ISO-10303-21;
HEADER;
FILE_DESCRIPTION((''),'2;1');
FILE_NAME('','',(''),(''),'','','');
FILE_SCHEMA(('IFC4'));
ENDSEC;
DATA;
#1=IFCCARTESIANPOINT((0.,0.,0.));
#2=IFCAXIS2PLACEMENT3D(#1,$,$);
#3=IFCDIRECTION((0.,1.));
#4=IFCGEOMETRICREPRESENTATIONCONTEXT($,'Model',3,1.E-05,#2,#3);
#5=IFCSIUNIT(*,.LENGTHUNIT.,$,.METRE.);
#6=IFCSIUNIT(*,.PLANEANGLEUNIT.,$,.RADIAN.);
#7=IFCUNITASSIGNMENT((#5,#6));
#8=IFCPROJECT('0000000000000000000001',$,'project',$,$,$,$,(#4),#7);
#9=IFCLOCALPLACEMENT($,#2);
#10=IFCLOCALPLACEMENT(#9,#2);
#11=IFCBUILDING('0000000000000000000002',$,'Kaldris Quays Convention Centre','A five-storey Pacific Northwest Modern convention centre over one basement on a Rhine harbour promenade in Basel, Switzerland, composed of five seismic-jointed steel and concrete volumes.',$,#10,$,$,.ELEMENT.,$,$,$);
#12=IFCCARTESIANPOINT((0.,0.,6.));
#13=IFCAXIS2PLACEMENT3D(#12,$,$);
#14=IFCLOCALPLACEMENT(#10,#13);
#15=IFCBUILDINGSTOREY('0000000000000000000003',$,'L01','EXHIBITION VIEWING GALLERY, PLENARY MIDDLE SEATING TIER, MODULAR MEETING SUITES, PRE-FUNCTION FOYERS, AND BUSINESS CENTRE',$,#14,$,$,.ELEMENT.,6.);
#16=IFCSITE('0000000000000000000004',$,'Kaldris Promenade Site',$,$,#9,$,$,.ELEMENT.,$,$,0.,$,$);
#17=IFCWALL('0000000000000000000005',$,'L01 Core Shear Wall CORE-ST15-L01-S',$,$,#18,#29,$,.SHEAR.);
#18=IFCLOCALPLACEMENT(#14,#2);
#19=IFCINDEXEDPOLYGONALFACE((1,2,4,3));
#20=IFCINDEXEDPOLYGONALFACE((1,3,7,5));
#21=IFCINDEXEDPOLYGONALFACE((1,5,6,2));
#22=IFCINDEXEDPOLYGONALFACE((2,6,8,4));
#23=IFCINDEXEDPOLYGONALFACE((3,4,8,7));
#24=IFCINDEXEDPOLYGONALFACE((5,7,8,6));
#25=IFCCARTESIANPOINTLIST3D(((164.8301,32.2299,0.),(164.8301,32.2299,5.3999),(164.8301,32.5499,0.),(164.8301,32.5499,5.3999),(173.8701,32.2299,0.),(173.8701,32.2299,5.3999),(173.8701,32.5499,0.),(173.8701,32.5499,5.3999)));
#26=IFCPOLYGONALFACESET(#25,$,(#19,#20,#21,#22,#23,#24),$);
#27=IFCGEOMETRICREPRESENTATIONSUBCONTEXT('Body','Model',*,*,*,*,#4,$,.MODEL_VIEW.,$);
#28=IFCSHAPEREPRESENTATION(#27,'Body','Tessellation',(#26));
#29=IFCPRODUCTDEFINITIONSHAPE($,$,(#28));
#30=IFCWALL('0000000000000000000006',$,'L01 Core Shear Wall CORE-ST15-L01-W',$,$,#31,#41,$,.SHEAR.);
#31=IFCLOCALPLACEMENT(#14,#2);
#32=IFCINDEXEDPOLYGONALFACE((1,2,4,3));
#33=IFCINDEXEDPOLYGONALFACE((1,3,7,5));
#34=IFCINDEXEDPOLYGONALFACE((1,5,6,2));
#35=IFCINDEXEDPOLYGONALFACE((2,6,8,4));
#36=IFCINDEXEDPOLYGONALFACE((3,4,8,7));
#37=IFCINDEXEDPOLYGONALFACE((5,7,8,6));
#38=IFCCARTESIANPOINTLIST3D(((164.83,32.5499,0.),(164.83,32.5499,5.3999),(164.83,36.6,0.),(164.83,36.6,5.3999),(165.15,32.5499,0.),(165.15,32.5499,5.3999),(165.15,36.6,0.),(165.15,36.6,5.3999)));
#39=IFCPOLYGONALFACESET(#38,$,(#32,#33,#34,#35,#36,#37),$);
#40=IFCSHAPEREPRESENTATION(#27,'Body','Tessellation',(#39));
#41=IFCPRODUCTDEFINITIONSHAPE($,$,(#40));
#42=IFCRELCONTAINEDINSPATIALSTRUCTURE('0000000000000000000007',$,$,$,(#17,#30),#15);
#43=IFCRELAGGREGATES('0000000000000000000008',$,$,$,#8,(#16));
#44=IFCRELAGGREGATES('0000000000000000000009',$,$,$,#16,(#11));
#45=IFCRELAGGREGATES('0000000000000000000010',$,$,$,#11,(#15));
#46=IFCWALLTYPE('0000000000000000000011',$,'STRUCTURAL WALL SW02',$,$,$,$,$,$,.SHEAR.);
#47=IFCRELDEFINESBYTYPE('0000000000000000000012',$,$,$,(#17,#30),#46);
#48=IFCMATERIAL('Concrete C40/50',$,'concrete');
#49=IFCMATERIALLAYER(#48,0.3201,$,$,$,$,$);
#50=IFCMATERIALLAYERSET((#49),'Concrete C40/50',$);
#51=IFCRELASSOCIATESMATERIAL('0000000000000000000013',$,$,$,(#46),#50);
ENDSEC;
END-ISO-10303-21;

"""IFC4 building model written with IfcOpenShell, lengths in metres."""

from ifc_helpers import new_model, si_unit, direction, frame, frame_2d, origin, place, context, subcontext, project, spatial, rectangle, extrude, material, layer, layer_set, type_object, element, save


model = new_model("IFC4")

# Units and contexts
model_context = context("Model", 3, precision=1e-05, world=origin(), true_north=direction((0.0, 1.0)))
body_context = subcontext(model_context, "Body", "Model", "MODEL_VIEW")
ifc_project = project(units=[si_unit("LENGTHUNIT", "METRE"), si_unit("PLANEANGLEUNIT", "RADIAN")], contexts=[model_context])

# Site, building, storey
site_placement = place(None, origin())
site = spatial("IfcSite", under=ifc_project, at=site_placement, Name="Kaldris Promenade Site", CompositionType="ELEMENT", RefElevation=0.0)
building_placement = place(site_placement, origin())
building = spatial("IfcBuilding", under=site, at=building_placement, Name="Kaldris Quays Convention Centre", Description="A five-storey Pacific Northwest Modern convention centre over one basement on a Rhine harbour promenade in Basel, Switzerland, composed of five seismic-jointed steel and concrete volumes.", CompositionType="ELEMENT")
storey_placement = place(building_placement, frame((0.0, 0.0, 6.0)))
storey = spatial("IfcBuildingStorey", under=building, at=storey_placement, Name="L01", Description="EXHIBITION VIEWING GALLERY, PLENARY MIDDLE SEATING TIER, MODULAR MEETING SUITES, PRE-FUNCTION FOYERS, AND BUSINESS CENTRE", CompositionType="ELEMENT", Elevation=6.0)

# Walls
ifc_material_1 = material(Name="Concrete C40/50", Category="concrete")
ifc_layer = layer(ifc_material_1, 0.3201)
ifc_layer_set = layer_set([ifc_layer], Name="Concrete C40/50")
wall_type = type_object("IfcWallType", Name="STRUCTURAL WALL SW02", PredefinedType="SHEAR", material=ifc_layer_set)
wall_1_placement = place(storey_placement, frame((164.8301, 32.3899, 0.0), z_axis=(0.0, 0.0, 1.0), x_axis=(1.0, 0.0, 0.0)))
element("IfcWall", 1, at=wall_1_placement, inside=storey, type_object=wall_type, Name="L01 Core Shear Wall CORE-ST15-L01-S", PredefinedType="SHEAR", context=body_context, shape_type="SweptSolid", body=[
    extrude(rectangle(XDim=9.04, YDim=0.3201, at=frame_2d((4.52, 0.0))), origin(), (0.0, 0.0, 1.0), 5.3999),
])
wall_2_placement = place(storey_placement, frame((164.99, 32.55, 0.0), z_axis=(0.0, 0.0, 1.0), x_axis=(0.0, 1.0, 0.0)))
element("IfcWall", 2, at=wall_2_placement, inside=storey, type_object=wall_type, Name="L01 Core Shear Wall CORE-ST15-L01-W", PredefinedType="SHEAR", context=body_context, shape_type="SweptSolid", body=[
    extrude(rectangle(XDim=4.05, YDim=0.3201, at=frame_2d((2.0249, 0.0))), origin(), (0.0, 0.0, 1.0), 5.3999),
])

save(model, "model.ifc")
